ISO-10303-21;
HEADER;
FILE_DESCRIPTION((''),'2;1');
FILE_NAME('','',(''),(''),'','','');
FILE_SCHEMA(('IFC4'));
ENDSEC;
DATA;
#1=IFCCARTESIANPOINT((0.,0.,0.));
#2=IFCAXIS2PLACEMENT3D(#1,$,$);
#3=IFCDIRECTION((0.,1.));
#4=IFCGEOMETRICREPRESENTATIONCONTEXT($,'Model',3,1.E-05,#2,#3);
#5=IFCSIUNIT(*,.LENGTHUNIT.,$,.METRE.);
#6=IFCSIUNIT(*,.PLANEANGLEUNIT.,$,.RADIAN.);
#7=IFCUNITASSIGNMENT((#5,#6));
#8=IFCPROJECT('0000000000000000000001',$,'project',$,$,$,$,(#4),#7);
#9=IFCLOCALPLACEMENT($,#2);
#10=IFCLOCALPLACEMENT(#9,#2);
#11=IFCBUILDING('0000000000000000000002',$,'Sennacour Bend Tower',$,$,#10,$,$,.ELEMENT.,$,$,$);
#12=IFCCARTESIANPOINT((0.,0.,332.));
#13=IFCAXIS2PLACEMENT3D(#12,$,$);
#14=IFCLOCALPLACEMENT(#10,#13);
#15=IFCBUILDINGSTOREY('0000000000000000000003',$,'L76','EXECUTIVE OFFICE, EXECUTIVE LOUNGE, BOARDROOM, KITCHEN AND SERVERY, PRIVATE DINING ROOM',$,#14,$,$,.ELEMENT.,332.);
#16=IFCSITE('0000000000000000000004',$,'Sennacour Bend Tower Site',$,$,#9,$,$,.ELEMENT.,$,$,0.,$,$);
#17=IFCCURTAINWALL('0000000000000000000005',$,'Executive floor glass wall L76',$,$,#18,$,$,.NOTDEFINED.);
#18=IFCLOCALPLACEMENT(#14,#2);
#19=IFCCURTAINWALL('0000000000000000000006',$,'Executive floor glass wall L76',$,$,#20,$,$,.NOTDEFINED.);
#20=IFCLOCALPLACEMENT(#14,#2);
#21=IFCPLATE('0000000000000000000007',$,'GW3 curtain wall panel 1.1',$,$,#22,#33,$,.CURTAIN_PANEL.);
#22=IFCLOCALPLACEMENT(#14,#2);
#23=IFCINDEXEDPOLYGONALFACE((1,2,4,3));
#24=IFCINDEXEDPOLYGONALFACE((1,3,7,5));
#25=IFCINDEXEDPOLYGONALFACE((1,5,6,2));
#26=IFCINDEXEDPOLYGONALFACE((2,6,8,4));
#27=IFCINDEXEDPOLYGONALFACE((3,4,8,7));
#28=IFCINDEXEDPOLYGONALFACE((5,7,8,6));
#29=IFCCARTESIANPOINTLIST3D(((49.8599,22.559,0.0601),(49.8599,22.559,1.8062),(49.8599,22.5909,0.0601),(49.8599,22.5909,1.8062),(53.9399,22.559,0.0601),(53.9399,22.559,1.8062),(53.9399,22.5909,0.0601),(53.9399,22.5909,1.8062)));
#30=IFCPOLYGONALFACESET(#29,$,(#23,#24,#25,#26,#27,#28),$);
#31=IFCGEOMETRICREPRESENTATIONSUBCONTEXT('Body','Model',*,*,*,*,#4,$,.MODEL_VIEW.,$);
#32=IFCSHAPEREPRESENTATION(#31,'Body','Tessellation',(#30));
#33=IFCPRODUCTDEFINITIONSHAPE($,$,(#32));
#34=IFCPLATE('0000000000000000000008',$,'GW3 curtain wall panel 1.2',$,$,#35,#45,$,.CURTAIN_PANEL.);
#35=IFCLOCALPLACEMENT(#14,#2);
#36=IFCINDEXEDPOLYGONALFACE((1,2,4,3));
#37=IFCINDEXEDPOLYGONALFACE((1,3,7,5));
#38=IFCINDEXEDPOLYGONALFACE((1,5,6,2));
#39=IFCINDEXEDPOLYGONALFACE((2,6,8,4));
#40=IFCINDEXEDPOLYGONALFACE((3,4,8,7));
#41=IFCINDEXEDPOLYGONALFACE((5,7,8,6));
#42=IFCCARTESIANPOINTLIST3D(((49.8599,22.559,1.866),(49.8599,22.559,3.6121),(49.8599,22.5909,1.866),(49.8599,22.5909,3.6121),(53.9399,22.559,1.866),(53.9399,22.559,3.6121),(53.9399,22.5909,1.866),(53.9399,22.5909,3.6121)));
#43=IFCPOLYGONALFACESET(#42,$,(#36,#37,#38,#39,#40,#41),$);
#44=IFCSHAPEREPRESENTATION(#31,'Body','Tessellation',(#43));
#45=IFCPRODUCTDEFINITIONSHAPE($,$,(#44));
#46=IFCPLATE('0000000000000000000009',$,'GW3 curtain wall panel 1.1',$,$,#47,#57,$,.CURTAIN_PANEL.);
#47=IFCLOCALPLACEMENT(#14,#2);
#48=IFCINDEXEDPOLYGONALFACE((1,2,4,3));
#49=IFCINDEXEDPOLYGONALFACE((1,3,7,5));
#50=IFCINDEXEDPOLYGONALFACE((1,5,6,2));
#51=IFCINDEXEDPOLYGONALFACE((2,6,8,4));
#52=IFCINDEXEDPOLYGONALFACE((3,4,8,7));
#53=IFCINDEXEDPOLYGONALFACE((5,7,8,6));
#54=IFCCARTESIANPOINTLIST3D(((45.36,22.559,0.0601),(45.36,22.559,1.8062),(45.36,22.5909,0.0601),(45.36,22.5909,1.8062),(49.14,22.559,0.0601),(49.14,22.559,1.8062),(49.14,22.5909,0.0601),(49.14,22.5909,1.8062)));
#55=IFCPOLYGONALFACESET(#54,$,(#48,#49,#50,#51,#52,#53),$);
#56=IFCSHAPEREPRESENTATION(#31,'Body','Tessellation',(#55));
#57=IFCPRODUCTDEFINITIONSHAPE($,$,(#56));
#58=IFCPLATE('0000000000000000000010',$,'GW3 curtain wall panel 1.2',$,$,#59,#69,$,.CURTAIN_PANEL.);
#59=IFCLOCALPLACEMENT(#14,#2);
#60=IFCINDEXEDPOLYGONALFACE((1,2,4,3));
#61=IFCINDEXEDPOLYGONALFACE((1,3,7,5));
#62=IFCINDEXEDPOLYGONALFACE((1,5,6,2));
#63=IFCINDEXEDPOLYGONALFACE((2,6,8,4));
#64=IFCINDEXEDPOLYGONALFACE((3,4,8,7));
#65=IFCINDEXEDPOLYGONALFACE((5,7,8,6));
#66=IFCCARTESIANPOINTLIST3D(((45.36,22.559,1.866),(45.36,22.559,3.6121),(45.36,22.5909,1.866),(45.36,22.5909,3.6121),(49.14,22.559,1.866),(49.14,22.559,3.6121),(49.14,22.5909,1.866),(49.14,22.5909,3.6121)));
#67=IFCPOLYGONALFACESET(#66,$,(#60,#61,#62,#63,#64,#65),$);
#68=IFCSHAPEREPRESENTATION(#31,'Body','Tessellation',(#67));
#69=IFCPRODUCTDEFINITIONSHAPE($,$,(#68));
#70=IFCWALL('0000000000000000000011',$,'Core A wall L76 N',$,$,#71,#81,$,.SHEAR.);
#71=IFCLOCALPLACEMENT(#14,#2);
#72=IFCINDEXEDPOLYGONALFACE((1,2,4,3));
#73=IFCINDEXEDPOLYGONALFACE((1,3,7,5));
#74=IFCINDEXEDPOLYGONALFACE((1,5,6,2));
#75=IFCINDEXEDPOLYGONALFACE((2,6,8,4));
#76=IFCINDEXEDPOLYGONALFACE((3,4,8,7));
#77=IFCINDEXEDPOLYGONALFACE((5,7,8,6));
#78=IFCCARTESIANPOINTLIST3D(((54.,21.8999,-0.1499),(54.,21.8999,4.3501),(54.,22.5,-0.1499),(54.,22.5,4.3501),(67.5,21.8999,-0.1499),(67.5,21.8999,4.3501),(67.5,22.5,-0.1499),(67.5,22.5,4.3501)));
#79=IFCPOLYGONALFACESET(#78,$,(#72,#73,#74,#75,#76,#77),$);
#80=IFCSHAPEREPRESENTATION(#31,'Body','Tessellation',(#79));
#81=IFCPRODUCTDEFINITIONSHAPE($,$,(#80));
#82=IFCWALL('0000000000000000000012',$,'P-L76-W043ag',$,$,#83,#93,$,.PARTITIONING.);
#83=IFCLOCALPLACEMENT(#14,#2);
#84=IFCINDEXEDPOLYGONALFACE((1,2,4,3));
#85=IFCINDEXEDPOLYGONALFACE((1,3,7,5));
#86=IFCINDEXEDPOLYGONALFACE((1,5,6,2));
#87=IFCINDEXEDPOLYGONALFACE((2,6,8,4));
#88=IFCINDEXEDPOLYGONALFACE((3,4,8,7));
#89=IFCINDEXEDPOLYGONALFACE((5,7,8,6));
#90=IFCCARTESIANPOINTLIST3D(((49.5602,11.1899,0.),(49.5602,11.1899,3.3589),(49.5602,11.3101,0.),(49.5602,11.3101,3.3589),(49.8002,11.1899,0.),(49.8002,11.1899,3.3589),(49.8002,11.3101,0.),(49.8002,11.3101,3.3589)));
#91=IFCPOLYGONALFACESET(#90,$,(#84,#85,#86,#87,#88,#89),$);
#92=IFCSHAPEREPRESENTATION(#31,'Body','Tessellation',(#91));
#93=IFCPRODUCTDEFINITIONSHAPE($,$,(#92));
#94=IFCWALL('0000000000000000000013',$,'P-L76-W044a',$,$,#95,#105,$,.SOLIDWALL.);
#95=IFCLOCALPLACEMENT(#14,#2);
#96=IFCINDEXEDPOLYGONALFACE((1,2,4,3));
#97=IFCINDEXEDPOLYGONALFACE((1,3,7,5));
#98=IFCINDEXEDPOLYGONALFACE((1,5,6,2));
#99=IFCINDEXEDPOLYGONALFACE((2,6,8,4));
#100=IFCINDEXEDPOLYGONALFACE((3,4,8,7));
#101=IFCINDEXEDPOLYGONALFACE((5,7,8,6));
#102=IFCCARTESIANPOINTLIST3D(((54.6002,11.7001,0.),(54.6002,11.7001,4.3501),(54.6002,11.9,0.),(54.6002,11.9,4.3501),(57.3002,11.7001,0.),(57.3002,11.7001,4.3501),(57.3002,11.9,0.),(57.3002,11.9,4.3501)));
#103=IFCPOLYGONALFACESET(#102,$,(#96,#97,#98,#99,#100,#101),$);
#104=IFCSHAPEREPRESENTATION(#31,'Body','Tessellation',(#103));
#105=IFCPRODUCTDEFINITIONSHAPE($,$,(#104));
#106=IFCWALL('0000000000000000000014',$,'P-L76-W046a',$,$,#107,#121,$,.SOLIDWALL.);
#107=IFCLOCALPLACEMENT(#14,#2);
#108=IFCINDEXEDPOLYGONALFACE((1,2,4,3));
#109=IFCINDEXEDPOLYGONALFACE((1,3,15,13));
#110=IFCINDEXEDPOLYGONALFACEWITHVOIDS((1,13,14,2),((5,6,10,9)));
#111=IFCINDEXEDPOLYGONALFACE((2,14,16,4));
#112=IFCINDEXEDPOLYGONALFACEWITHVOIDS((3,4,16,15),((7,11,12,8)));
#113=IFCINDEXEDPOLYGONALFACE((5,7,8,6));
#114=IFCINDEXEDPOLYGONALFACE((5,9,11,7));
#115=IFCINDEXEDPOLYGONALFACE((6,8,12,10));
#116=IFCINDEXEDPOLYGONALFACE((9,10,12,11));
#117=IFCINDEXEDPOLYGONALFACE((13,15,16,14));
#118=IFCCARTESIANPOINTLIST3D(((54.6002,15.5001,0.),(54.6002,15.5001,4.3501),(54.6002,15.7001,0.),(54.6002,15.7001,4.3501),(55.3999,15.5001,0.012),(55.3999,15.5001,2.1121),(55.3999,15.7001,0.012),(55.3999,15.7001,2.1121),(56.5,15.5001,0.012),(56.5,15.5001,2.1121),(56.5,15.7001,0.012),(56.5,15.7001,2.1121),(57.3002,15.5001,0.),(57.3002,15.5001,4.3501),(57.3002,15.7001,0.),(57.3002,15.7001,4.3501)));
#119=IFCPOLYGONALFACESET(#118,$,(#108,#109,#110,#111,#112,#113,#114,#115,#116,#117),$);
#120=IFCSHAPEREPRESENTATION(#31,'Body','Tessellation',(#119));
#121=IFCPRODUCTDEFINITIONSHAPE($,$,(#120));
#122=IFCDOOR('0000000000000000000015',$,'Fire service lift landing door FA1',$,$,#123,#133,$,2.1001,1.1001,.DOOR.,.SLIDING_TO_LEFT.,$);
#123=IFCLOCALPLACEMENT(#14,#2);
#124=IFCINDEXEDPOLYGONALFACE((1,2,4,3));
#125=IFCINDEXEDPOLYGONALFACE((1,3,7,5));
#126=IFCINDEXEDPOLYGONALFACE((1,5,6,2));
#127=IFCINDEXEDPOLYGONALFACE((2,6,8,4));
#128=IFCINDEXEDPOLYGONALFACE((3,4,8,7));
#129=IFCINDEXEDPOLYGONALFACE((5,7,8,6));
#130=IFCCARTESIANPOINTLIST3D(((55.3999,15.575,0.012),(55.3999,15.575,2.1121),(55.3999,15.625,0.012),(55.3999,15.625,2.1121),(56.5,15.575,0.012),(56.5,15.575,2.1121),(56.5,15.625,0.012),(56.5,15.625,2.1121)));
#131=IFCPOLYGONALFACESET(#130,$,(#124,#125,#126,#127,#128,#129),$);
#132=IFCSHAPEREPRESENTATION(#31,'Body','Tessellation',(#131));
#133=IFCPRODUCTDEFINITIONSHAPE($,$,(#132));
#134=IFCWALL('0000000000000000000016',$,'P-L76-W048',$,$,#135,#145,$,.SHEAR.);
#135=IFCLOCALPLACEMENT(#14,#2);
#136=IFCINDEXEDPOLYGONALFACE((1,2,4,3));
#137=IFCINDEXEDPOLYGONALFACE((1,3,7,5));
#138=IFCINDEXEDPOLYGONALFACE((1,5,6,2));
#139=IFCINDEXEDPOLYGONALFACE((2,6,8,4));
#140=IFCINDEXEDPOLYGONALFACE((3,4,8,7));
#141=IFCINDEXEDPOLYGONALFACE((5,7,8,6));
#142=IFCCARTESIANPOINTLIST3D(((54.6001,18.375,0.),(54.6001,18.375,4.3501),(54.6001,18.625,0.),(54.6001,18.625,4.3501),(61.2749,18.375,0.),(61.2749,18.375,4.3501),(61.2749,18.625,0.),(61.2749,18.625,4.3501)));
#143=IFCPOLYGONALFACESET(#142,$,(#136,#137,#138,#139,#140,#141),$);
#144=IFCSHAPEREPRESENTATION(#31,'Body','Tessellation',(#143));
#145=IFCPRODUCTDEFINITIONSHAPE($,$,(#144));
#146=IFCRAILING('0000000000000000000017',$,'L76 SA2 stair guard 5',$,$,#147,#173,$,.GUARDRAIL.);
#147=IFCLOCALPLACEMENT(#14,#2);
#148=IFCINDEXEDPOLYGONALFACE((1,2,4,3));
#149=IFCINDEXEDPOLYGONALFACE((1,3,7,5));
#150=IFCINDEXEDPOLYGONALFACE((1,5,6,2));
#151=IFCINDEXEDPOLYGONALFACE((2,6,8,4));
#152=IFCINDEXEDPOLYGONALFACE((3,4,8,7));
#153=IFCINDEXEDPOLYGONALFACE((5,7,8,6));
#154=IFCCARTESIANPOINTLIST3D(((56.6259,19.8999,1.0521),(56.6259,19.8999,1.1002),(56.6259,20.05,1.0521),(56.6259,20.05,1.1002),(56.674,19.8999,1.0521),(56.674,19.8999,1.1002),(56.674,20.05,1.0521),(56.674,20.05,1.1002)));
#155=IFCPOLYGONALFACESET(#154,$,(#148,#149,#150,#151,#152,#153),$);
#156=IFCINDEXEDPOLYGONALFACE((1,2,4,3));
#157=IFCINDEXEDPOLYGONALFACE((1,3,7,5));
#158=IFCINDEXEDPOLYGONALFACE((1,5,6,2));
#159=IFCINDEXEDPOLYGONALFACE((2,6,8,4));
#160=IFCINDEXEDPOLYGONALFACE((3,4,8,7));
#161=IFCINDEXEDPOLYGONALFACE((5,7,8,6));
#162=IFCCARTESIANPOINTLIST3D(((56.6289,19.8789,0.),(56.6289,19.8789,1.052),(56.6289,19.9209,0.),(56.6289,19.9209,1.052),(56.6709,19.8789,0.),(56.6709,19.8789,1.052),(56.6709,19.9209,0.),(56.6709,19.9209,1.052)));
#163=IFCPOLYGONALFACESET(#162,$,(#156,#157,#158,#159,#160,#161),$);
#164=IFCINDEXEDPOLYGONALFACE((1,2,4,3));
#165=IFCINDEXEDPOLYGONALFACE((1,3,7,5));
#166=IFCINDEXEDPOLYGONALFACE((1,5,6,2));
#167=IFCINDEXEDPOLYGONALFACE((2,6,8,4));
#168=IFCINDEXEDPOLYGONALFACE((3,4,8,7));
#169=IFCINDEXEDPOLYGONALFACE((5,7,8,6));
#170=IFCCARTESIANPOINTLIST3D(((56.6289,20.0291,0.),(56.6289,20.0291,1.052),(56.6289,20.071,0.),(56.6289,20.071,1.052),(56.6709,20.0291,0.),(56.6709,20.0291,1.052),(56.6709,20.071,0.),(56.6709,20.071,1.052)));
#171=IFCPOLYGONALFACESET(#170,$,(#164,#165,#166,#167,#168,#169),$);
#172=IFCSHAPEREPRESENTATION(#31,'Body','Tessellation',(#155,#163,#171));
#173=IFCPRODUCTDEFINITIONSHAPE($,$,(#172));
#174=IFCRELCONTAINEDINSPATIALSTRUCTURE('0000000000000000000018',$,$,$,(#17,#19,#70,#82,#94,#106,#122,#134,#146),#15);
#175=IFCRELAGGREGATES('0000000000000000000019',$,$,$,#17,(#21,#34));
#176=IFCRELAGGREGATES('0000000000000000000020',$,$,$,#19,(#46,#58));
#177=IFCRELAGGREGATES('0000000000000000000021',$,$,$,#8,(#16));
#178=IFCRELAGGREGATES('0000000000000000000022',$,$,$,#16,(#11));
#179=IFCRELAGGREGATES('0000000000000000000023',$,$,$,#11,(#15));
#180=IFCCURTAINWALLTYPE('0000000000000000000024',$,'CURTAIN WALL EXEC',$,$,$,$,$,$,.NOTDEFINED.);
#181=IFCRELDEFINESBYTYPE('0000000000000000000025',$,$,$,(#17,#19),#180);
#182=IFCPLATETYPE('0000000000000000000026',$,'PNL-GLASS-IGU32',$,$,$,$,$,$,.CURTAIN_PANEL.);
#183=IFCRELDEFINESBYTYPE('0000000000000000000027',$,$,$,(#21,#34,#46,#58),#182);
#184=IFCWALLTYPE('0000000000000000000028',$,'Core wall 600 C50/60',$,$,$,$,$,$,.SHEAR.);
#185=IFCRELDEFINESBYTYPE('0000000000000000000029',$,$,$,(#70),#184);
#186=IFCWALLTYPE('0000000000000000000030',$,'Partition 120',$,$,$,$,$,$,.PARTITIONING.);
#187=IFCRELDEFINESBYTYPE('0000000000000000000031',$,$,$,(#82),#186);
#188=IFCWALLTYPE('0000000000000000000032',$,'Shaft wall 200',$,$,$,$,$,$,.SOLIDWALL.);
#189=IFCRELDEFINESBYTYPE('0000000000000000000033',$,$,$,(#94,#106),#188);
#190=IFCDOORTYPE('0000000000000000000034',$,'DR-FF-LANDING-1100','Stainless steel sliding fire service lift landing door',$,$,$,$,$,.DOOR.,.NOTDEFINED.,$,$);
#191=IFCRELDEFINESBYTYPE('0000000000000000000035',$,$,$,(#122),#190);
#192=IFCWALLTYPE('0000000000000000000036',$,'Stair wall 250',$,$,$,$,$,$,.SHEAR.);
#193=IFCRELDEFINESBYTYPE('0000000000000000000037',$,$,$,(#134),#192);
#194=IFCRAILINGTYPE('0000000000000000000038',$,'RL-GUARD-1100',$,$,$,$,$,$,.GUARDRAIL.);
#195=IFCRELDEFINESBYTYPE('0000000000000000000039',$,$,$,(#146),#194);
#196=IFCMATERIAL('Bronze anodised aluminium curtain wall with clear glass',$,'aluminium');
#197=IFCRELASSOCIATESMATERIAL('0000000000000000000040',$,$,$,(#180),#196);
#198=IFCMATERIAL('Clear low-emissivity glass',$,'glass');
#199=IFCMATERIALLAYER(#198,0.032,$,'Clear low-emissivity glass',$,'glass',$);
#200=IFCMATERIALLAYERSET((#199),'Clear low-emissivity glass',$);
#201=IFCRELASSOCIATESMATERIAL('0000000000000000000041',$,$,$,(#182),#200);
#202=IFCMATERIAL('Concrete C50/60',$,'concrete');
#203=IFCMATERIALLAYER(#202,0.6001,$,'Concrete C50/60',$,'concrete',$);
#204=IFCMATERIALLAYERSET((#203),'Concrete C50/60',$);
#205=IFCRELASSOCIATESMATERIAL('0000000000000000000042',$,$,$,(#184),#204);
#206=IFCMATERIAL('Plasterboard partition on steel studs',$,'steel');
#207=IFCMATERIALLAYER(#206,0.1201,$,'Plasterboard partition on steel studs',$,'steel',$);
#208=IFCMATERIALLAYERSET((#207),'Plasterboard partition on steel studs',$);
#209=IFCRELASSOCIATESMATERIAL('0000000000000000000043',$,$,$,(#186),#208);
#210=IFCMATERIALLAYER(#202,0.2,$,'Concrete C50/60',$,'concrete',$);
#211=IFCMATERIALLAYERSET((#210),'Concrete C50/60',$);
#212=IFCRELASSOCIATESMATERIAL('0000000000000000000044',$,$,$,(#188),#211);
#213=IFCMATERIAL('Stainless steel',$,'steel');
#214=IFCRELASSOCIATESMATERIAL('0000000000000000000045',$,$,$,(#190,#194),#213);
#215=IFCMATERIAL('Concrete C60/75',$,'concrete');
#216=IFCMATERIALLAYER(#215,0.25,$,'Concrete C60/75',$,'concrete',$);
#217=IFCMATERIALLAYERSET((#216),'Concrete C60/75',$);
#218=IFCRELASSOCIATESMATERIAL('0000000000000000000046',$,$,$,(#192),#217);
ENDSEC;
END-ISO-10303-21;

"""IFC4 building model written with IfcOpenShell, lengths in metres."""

from ifc_helpers import new_model, si_unit, direction, frame, frame_2d, origin, origin_2d, place, context, subcontext, project, spatial, rectangle, extrude, material, layer, layer_set, type_object, element, fill, aggregate, save


model = new_model("IFC4")

# Units and contexts
model_context = context("Model", 3, precision=1e-05, world=origin(), true_north=direction((0.0, 1.0)))
body_context = subcontext(model_context, "Body", "Model", "MODEL_VIEW")
ifc_project = project(units=[si_unit("LENGTHUNIT", "METRE"), si_unit("PLANEANGLEUNIT", "RADIAN")], contexts=[model_context])

# Site, building, storey
site_placement = place(None, origin())
site = spatial("IfcSite", under=ifc_project, at=site_placement, Name="Sennacour Bend Tower Site", CompositionType="ELEMENT", RefElevation=0.0)
building_placement = place(site_placement, origin())
building = spatial("IfcBuilding", under=site, at=building_placement, Name="Sennacour Bend Tower", CompositionType="ELEMENT")
storey_placement = place(building_placement, frame((0.0, 0.0, 332.0)))
storey = spatial("IfcBuildingStorey", under=building, at=storey_placement, Name="L76", Description="EXECUTIVE OFFICE, EXECUTIVE LOUNGE, BOARDROOM, KITCHEN AND SERVERY, PRIVATE DINING ROOM", CompositionType="ELEMENT", Elevation=332.0)

# Curtain wall
ifc_material_1 = material(Name="Bronze anodised aluminium curtain wall with clear glass", Category="aluminium")
curtain_wall_type = type_object("IfcCurtainWallType", Name="CURTAIN WALL EXEC", PredefinedType="NOTDEFINED", material=ifc_material_1)
curtain_wall_1_placement = place(storey_placement, origin())
curtain_wall_1 = element("IfcCurtainWall", 1, at=curtain_wall_1_placement, inside=storey, type_object=curtain_wall_type, Name="Executive floor glass wall L76", PredefinedType="NOTDEFINED")

# Curtain wall
curtain_wall_2_placement = place(storey_placement, origin())
curtain_wall_2 = element("IfcCurtainWall", 2, at=curtain_wall_2_placement, inside=storey, type_object=curtain_wall_type, Name="Executive floor glass wall L76", PredefinedType="NOTDEFINED")

# Plates
ifc_material_2 = material(Name="Clear low-emissivity glass", Category="glass")
ifc_layer_1 = layer(ifc_material_2, 0.032, Name="Clear low-emissivity glass", Category="glass")
ifc_layer_set_1 = layer_set([ifc_layer_1], Name="Clear low-emissivity glass")
plate_type = type_object("IfcPlateType", Name="PNL-GLASS-IGU32", PredefinedType="CURTAIN_PANEL", material=ifc_layer_set_1)
plate_1_placement = place(storey_placement, frame((51.8999, 22.575, 0.0601), z_axis=(0.0, 0.0, 1.0), x_axis=(-1.0, 0.0, 0.0)))
plate_1 = element("IfcPlate", 3, at=plate_1_placement, type_object=plate_type, Name="GW3 curtain wall panel 1.1", PredefinedType="CURTAIN_PANEL", context=body_context, shape_type="SweptSolid", body=[
    extrude(rectangle(XDim=4.0801, YDim=0.032, at=origin_2d()), origin(), (0.0, 0.0, 1.0), 1.7461),
])
plate_2_placement = place(storey_placement, frame((51.8999, 22.575, 1.866), z_axis=(0.0, 0.0, 1.0), x_axis=(-1.0, 0.0, 0.0)))
plate_2 = element("IfcPlate", 4, at=plate_2_placement, type_object=plate_type, Name="GW3 curtain wall panel 1.2", PredefinedType="CURTAIN_PANEL", context=body_context, shape_type="SweptSolid", body=[
    extrude(rectangle(XDim=4.0801, YDim=0.032, at=origin_2d()), origin(), (0.0, 0.0, 1.0), 1.7461),
])
aggregate(curtain_wall_1, [plate_1, plate_2])
plate_3_placement = place(storey_placement, frame((47.25, 22.575, 0.0601), z_axis=(0.0, 0.0, 1.0), x_axis=(-1.0, 0.0, 0.0)))
plate_3 = element("IfcPlate", 5, at=plate_3_placement, type_object=plate_type, Name="GW3 curtain wall panel 1.1", PredefinedType="CURTAIN_PANEL", context=body_context, shape_type="SweptSolid", body=[
    extrude(rectangle(XDim=3.78, YDim=0.032, at=origin_2d()), origin(), (0.0, 0.0, 1.0), 1.7461),
])
plate_4_placement = place(storey_placement, frame((47.25, 22.575, 1.866), z_axis=(0.0, 0.0, 1.0), x_axis=(-1.0, 0.0, 0.0)))
plate_4 = element("IfcPlate", 6, at=plate_4_placement, type_object=plate_type, Name="GW3 curtain wall panel 1.2", PredefinedType="CURTAIN_PANEL", context=body_context, shape_type="SweptSolid", body=[
    extrude(rectangle(XDim=3.78, YDim=0.032, at=origin_2d()), origin(), (0.0, 0.0, 1.0), 1.7461),
])
aggregate(curtain_wall_2, [plate_3, plate_4])

# Walls
ifc_material_3 = material(Name="Concrete C50/60", Category="concrete")
ifc_layer_2 = layer(ifc_material_3, 0.6001, Name="Concrete C50/60", Category="concrete")
ifc_layer_set_2 = layer_set([ifc_layer_2], Name="Concrete C50/60")
wall_type_1 = type_object("IfcWallType", Name="Core wall 600 C50/60", PredefinedType="SHEAR", material=ifc_layer_set_2)
wall_1_placement = place(storey_placement, frame((54.0, 22.2, -0.1499), z_axis=(0.0, 0.0, 1.0), x_axis=(1.0, 0.0, 0.0)))
element("IfcWall", 7, at=wall_1_placement, inside=storey, type_object=wall_type_1, Name="Core A wall L76 N", PredefinedType="SHEAR", context=body_context, shape_type="SweptSolid", body=[
    extrude(rectangle(XDim=13.5, YDim=0.6001, at=frame_2d((6.75, 0.0))), origin(), (0.0, 0.0, 1.0), 4.5),
])
ifc_material_4 = material(Name="Plasterboard partition on steel studs", Category="steel")
ifc_layer_3 = layer(ifc_material_4, 0.1201, Name="Plasterboard partition on steel studs", Category="steel")
ifc_layer_set_3 = layer_set([ifc_layer_3], Name="Plasterboard partition on steel studs")
wall_type_2 = type_object("IfcWallType", Name="Partition 120", PredefinedType="PARTITIONING", material=ifc_layer_set_3)
wall_2_placement = place(storey_placement, frame((49.5601, 11.25, 0.0), z_axis=(0.0, 0.0, 1.0), x_axis=(1.0, 0.0, 0.0)))
element("IfcWall", 8, at=wall_2_placement, inside=storey, type_object=wall_type_2, Name="P-L76-W043ag", PredefinedType="PARTITIONING", context=body_context, shape_type="SweptSolid", body=[
    extrude(rectangle(XDim=0.24, YDim=0.1201, at=frame_2d((0.1201, 0.0))), origin(), (0.0, 0.0, 1.0), 3.3589),
])
ifc_layer_4 = layer(ifc_material_3, 0.2, Name="Concrete C50/60", Category="concrete")
ifc_layer_set_4 = layer_set([ifc_layer_4], Name="Concrete C50/60")
wall_type_3 = type_object("IfcWallType", Name="Shaft wall 200", PredefinedType="SOLIDWALL", material=ifc_layer_set_4)
wall_3_placement = place(storey_placement, frame((54.6001, 11.8, 0.0), z_axis=(0.0, 0.0, 1.0), x_axis=(1.0, 0.0, 0.0)))
element("IfcWall", 9, at=wall_3_placement, inside=storey, type_object=wall_type_3, Name="P-L76-W044a", PredefinedType="SOLIDWALL", context=body_context, shape_type="SweptSolid", body=[
    extrude(rectangle(XDim=2.7, YDim=0.2, at=frame_2d((1.3501, 0.0))), origin(), (0.0, 0.0, 1.0), 4.3501),
])

# Wall, opening, door
wall_4_placement = place(storey_placement, frame((54.6001, 15.6001, 0.0), z_axis=(0.0, 0.0, 1.0), x_axis=(1.0, 0.0, 0.0)))
wall_4 = element("IfcWall", 10, at=wall_4_placement, inside=storey, type_object=wall_type_3, Name="P-L76-W046a", PredefinedType="SOLIDWALL", context=body_context, shape_type="SweptSolid", body=[
    extrude(rectangle(XDim=2.7, YDim=0.2, at=frame_2d((1.3501, 0.0))), origin(), (0.0, 0.0, 1.0), 4.3501),
])
opening_placement = place(wall_4_placement, frame((0.7998, 0.0, 0.012)))
opening = element("IfcOpeningElement", 11, at=opening_placement, cuts=wall_4, PredefinedType="OPENING", context=body_context, shape_type="SweptSolid", body=[
    extrude(rectangle(XDim=1.1001, YDim=2.1001, at=frame_2d((0.55, 1.05))), frame((0.0, 0.1099, 0.0), z_axis=(0.0, -1.0, 0.0), x_axis=(1.0, 0.0, 0.0)), (0.0, 0.0, 1.0), 0.22),
])
ifc_material_5 = material(Name="Stainless steel", Category="steel")
door_type = type_object("IfcDoorType", Name="DR-FF-LANDING-1100", Description="Stainless steel sliding fire service lift landing door", OperationType="NOTDEFINED", PredefinedType="DOOR", material=ifc_material_5)
door_placement = place(opening_placement, origin())
door = element("IfcDoor", 12, at=door_placement, inside=storey, type_object=door_type, Name="Fire service lift landing door FA1", OperationType="SLIDING_TO_LEFT", OverallHeight=2.1001, OverallWidth=1.1001, PredefinedType="DOOR", context=body_context, shape_type="SweptSolid", body=[
    extrude(rectangle(XDim=1.1001, YDim=2.1001, at=frame_2d((0.55, 1.05))), frame((0.0, 0.0249, 0.0), z_axis=(0.0, -1.0, 0.0), x_axis=(1.0, 0.0, 0.0)), (0.0, 0.0, 1.0), 0.05),
])
fill(opening, door)

# Wall
ifc_material_6 = material(Name="Concrete C60/75", Category="concrete")
ifc_layer_5 = layer(ifc_material_6, 0.25, Name="Concrete C60/75", Category="concrete")
ifc_layer_set_5 = layer_set([ifc_layer_5], Name="Concrete C60/75")
wall_type_4 = type_object("IfcWallType", Name="Stair wall 250", PredefinedType="SHEAR", material=ifc_layer_set_5)
wall_5_placement = place(storey_placement, frame((54.6001, 18.5, 0.0), z_axis=(0.0, 0.0, 1.0), x_axis=(1.0, 0.0, 0.0)))
element("IfcWall", 13, at=wall_5_placement, inside=storey, type_object=wall_type_4, Name="P-L76-W048", PredefinedType="SHEAR", context=body_context, shape_type="SweptSolid", body=[
    extrude(rectangle(XDim=6.6748, YDim=0.25, at=frame_2d((3.3374, 0.0))), origin(), (0.0, 0.0, 1.0), 4.3501),
])

# Railing
railing_type_1 = type_object("IfcRailingType", Name="RL-GUARD-1100", PredefinedType="GUARDRAIL", material=ifc_material_5)
railing_1_placement = place(storey_placement, frame((56.6499, 19.8999, 0.0)))
element("IfcRailing", 14, at=railing_1_placement, inside=storey, type_object=railing_type_1, Name="L76 SA2 stair guard 5", PredefinedType="GUARDRAIL", context=body_context, shape_type="SweptSolid", body=[
    extrude(rectangle(XDim=0.0481, YDim=0.0481, at=origin_2d()), frame((0.0, 0.0, 1.0762), z_axis=(0.0, 1.0, 0.0), x_axis=(-1.0, 0.0, 0.0)), (0.0, 0.0, 1.0), 0.1501),
    extrude(rectangle(XDim=0.042, YDim=0.042, at=origin_2d()), origin(), (0.0, 0.0, 1.0), 1.052),
    extrude(rectangle(XDim=0.042, YDim=0.042, at=origin_2d()), frame((0.0, 0.1501, 0.0)), (0.0, 0.0, 1.0), 1.052),
])

save(model, "model.ifc")
